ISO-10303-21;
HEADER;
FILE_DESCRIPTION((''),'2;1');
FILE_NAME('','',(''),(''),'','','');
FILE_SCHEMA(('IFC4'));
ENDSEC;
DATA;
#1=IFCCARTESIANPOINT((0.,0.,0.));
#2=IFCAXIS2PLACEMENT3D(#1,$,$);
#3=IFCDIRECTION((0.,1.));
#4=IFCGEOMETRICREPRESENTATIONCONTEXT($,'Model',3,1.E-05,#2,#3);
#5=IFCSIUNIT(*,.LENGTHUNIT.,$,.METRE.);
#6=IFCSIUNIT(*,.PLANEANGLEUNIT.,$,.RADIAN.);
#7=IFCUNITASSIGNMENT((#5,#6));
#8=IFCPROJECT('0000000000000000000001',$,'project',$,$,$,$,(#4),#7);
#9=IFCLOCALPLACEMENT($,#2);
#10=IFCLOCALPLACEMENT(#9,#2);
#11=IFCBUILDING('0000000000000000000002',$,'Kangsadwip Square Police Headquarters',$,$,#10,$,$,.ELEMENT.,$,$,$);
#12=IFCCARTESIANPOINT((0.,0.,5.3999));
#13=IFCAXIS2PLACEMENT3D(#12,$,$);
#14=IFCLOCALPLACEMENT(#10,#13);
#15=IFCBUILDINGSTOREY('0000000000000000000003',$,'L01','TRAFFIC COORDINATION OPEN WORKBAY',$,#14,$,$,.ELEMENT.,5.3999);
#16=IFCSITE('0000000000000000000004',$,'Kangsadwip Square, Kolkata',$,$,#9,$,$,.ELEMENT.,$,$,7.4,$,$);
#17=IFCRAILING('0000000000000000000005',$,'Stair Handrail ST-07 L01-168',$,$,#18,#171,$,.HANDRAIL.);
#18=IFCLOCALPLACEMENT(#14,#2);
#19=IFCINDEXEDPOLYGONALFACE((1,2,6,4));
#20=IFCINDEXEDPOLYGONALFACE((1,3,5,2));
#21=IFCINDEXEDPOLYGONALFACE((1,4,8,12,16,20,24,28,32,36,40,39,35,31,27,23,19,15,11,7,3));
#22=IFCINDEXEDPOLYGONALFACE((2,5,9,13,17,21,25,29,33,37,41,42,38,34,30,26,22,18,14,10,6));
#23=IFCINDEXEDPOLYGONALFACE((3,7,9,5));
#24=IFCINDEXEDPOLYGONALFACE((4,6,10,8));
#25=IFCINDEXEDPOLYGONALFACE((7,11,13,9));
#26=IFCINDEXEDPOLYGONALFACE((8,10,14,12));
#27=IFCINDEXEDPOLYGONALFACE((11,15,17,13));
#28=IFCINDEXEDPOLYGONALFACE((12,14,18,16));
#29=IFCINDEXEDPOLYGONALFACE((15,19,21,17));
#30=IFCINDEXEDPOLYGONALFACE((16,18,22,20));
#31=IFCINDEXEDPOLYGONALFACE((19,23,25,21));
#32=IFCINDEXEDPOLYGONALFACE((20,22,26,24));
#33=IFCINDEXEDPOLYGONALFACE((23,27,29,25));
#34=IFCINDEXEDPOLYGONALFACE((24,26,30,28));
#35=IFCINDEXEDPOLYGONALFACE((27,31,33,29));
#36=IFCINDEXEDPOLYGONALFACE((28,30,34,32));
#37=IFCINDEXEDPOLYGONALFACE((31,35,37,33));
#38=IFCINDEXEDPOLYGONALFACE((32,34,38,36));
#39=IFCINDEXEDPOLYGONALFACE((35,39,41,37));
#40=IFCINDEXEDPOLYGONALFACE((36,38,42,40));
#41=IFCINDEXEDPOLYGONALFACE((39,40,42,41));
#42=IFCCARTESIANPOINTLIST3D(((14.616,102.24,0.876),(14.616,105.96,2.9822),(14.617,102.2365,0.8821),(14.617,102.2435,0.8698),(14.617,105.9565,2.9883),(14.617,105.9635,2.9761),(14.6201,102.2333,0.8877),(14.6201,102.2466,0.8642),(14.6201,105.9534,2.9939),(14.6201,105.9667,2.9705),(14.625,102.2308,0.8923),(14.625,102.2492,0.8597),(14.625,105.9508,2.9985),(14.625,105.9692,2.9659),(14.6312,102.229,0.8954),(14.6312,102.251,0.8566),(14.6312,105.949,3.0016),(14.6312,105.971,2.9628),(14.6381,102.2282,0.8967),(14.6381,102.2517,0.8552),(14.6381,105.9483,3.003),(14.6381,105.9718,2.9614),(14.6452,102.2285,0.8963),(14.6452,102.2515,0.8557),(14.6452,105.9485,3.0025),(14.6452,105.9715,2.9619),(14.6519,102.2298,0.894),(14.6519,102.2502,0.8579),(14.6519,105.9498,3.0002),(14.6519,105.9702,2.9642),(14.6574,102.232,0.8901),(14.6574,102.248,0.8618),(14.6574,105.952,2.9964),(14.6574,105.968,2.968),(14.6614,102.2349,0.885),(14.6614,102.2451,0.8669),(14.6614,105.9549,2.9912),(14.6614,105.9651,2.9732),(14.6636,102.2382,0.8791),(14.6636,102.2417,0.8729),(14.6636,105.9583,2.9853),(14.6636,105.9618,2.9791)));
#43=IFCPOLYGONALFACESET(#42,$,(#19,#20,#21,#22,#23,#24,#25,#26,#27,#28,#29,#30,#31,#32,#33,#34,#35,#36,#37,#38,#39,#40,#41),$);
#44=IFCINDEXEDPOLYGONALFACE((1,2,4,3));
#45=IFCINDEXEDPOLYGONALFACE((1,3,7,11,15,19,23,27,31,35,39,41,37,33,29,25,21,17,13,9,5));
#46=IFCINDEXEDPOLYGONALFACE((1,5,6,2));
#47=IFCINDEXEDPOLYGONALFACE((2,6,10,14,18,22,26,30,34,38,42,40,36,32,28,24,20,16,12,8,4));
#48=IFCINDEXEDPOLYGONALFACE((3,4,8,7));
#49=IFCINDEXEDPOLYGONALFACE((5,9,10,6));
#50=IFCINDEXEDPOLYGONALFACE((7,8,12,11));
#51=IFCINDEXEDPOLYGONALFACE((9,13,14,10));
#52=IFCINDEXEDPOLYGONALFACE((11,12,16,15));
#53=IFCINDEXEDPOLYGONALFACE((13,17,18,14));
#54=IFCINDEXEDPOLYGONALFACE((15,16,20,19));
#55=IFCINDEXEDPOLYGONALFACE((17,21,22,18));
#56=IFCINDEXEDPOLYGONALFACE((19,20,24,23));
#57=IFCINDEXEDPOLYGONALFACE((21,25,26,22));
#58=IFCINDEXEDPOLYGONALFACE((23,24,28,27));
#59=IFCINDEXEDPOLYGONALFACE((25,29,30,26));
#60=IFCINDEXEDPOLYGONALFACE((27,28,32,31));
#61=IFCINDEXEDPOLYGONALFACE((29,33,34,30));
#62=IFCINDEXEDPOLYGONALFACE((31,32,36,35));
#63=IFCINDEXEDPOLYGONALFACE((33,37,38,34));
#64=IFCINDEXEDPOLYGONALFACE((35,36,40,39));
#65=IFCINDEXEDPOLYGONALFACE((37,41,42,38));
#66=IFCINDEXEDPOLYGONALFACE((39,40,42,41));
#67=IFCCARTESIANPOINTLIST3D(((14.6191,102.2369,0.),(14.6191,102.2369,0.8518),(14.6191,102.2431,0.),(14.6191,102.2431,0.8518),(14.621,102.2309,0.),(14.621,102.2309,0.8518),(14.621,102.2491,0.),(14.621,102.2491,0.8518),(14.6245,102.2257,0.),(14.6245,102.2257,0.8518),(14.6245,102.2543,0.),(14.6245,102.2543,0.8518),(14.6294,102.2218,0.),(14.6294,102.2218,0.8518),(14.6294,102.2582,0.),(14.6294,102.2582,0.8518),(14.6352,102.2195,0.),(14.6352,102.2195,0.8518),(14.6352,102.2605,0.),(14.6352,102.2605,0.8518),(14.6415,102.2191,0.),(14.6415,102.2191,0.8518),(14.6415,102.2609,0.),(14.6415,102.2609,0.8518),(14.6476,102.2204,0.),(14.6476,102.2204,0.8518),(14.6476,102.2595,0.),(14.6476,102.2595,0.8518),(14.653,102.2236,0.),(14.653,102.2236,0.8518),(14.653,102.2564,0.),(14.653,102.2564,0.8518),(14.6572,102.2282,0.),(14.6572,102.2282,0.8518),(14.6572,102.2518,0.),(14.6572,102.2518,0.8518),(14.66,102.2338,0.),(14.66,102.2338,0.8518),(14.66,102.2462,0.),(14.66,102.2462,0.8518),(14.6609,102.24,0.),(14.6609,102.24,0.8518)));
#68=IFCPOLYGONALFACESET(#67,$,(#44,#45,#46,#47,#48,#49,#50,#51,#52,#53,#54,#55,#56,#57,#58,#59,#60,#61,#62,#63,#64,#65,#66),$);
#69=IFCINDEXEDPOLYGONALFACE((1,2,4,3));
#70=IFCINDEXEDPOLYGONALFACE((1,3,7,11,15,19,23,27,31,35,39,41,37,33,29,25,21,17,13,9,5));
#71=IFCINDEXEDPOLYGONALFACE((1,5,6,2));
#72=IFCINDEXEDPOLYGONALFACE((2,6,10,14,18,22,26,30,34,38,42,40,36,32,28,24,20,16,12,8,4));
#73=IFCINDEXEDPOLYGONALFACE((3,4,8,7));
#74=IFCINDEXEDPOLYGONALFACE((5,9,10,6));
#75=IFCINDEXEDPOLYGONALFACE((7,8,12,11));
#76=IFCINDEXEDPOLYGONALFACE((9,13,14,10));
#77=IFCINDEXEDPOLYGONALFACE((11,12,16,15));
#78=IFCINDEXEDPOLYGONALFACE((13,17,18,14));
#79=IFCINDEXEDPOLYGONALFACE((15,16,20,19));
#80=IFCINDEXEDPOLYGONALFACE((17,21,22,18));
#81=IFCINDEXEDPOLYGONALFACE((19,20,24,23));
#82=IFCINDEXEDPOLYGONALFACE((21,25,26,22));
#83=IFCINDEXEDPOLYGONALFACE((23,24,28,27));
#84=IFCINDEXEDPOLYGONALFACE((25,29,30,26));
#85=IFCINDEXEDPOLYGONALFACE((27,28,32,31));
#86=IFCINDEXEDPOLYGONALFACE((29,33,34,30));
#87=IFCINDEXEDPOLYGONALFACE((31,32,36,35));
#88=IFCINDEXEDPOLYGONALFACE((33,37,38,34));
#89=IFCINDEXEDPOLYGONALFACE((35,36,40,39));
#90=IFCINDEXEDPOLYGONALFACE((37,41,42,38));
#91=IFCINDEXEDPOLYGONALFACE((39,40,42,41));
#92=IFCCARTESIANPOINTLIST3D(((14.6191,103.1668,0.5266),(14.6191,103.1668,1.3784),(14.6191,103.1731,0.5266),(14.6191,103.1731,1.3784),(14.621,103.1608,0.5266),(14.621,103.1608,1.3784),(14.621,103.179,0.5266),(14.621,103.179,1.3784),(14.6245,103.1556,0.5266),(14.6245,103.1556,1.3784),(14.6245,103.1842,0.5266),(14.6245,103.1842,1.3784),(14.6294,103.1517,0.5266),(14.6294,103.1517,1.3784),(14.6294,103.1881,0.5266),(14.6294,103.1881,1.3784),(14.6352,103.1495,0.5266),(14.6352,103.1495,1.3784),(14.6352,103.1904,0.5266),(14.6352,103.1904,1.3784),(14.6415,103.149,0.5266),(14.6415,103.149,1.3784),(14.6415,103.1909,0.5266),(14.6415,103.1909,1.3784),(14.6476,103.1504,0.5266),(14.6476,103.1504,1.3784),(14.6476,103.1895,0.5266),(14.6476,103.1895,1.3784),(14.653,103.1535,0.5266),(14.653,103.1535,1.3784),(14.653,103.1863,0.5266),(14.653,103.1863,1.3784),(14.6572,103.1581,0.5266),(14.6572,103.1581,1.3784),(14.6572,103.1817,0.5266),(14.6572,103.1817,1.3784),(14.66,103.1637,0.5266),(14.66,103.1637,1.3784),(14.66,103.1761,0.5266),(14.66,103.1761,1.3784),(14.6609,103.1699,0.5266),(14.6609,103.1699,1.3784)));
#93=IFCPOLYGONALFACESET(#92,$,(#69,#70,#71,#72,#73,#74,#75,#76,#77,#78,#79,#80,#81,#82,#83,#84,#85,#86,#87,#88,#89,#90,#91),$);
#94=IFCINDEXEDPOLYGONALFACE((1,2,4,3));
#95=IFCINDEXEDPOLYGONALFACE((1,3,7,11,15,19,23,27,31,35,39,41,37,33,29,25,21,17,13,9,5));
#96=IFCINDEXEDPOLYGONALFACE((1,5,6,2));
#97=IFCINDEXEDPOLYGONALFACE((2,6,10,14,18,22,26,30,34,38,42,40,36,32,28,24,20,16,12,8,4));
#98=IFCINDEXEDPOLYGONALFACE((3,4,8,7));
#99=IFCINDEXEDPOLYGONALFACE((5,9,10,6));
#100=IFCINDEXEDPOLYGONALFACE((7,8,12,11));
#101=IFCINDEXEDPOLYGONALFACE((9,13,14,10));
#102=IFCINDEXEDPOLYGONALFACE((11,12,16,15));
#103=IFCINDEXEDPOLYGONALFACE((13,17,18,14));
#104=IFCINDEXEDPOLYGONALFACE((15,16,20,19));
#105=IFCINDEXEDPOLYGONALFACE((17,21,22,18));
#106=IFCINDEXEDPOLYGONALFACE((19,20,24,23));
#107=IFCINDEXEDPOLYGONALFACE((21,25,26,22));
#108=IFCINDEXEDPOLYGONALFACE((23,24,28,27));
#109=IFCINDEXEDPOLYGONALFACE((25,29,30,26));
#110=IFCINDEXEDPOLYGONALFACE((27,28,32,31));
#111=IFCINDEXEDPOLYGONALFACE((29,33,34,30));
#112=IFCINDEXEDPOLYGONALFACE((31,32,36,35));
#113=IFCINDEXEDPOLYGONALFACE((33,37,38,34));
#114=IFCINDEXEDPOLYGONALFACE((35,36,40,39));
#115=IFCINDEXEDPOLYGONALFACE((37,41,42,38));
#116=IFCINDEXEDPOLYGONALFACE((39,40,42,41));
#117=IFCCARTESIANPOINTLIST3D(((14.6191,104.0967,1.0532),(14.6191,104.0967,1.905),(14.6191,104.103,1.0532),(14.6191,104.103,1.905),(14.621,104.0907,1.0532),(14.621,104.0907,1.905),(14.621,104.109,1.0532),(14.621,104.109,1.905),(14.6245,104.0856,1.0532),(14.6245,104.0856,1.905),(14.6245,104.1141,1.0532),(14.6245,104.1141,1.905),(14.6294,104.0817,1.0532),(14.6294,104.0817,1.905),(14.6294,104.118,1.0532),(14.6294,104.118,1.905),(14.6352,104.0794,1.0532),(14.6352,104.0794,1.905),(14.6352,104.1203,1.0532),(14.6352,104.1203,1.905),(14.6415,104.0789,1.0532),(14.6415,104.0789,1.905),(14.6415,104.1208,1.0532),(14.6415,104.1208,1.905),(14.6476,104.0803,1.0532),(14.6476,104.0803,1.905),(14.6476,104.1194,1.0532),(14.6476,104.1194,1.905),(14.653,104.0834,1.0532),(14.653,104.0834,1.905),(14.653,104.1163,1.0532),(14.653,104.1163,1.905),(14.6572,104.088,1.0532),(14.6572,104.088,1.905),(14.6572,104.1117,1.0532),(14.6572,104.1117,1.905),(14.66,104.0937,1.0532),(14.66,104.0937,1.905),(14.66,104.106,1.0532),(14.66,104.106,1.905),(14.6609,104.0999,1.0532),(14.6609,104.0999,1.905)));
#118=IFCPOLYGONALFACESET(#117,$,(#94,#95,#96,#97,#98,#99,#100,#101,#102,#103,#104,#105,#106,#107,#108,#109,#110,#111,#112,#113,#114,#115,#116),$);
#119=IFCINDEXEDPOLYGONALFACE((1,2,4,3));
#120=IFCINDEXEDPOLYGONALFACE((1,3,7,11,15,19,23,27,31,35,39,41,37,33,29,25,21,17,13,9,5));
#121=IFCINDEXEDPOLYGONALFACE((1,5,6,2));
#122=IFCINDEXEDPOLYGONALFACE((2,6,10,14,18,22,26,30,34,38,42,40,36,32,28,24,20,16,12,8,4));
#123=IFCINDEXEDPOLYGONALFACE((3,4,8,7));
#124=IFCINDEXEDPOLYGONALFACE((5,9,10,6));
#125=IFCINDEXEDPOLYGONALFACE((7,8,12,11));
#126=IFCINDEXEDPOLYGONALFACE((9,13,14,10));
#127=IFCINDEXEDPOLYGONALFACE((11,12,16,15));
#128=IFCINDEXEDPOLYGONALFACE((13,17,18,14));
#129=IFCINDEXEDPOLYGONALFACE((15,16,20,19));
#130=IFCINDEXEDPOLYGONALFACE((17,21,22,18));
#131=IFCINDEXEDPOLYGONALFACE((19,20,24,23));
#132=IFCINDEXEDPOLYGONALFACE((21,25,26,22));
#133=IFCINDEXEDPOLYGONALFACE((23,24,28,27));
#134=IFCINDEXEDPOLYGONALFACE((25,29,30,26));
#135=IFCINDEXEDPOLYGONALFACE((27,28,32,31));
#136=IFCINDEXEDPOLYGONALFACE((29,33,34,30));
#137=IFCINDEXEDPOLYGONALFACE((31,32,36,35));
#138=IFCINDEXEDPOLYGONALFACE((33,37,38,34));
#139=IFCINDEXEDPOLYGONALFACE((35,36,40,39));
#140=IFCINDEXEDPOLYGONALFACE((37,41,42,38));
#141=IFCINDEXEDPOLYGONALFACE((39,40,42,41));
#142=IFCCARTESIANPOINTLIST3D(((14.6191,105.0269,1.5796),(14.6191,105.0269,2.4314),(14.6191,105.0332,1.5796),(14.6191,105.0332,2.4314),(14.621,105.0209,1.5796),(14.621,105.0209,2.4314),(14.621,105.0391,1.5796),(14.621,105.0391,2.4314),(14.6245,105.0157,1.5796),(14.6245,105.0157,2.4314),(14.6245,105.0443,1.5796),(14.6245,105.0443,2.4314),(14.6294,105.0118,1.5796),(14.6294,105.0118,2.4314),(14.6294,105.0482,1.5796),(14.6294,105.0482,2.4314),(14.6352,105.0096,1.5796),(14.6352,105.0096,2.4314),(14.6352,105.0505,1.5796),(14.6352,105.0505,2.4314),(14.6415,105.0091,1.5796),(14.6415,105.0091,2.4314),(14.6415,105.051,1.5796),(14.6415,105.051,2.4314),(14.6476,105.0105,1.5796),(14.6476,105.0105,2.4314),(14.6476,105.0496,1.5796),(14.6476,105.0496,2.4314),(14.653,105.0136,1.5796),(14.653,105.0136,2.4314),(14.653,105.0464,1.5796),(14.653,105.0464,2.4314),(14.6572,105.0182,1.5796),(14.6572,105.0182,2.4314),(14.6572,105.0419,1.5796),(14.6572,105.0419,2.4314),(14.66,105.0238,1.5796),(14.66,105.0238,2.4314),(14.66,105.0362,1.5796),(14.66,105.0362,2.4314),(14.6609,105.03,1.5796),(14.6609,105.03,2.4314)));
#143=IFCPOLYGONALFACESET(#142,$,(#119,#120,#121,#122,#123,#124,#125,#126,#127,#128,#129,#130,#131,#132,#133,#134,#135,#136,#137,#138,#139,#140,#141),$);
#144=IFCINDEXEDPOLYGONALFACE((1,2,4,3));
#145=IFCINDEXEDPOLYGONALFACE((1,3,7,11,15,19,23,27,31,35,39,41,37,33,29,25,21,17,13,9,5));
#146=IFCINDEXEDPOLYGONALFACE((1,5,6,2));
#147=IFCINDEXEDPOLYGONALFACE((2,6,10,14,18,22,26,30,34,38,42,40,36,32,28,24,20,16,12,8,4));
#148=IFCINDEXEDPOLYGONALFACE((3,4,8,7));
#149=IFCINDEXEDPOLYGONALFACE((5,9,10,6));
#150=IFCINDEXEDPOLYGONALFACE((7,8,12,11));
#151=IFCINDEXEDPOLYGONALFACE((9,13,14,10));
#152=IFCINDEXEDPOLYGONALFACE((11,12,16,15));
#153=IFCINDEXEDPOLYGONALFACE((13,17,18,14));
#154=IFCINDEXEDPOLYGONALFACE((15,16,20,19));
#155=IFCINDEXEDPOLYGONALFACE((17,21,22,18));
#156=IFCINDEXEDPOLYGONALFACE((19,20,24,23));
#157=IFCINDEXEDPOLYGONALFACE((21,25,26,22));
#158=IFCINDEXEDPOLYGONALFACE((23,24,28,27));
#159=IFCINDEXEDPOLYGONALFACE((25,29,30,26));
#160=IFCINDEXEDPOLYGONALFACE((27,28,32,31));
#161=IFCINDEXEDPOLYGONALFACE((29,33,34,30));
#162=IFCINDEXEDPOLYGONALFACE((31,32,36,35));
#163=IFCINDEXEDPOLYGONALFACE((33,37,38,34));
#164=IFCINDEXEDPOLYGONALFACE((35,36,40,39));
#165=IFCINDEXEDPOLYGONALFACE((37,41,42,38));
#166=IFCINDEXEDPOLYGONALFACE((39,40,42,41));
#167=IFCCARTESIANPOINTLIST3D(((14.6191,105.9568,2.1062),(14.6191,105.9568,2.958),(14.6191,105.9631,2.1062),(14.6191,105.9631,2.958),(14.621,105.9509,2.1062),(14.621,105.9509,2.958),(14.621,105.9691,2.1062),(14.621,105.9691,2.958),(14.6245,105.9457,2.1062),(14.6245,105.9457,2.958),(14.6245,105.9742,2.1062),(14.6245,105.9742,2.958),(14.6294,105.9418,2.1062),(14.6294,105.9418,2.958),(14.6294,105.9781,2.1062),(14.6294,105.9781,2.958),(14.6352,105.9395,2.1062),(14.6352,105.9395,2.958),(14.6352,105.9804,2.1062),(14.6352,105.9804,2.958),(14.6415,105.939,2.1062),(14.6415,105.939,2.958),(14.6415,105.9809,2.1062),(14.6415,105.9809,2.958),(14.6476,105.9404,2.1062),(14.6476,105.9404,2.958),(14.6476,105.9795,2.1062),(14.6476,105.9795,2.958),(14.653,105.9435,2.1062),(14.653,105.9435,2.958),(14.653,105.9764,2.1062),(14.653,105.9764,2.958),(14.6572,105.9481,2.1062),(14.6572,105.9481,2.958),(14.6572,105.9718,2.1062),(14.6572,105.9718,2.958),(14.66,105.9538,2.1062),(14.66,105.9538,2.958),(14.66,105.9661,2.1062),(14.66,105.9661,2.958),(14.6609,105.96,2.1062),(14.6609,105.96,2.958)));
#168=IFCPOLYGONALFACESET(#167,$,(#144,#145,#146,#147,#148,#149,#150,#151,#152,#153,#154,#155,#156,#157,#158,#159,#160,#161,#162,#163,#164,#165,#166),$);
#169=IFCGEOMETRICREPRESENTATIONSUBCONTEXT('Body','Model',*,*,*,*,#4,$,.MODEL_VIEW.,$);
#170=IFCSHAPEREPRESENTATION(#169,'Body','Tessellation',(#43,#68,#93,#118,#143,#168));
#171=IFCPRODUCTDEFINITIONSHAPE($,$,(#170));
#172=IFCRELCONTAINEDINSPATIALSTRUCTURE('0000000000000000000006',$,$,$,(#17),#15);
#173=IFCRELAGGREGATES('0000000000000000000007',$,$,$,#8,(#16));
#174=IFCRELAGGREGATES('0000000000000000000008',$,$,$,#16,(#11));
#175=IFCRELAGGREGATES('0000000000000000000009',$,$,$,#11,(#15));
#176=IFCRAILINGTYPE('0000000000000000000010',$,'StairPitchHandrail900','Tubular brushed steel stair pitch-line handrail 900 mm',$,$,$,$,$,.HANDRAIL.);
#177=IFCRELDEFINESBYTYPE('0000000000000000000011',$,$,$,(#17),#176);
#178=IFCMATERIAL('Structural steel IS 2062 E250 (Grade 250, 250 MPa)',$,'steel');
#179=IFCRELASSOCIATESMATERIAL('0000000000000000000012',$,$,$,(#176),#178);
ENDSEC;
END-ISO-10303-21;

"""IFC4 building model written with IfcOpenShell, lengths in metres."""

from ifc_helpers import new_model, si_unit, direction, frame, origin, origin_2d, place, context, subcontext, project, spatial, circle, extrude, material, type_object, element, save


model = new_model("IFC4")

# Units and contexts
model_context = context("Model", 3, precision=1e-05, world=origin(), true_north=direction((0.0, 1.0)))
body_context = subcontext(model_context, "Body", "Model", "MODEL_VIEW")
ifc_project = project(units=[si_unit("LENGTHUNIT", "METRE"), si_unit("PLANEANGLEUNIT", "RADIAN")], contexts=[model_context])

# Site, building, storey
site_placement = place(None, origin())
site = spatial("IfcSite", under=ifc_project, at=site_placement, Name="Kangsadwip Square, Kolkata", CompositionType="ELEMENT", RefElevation=7.4)
building_placement = place(site_placement, origin())
building = spatial("IfcBuilding", under=site, at=building_placement, Name="Kangsadwip Square Police Headquarters", CompositionType="ELEMENT")
storey_placement = place(building_placement, frame((0.0, 0.0, 5.3999)))
storey = spatial("IfcBuildingStorey", under=building, at=storey_placement, Name="L01", Description="TRAFFIC COORDINATION OPEN WORKBAY", CompositionType="ELEMENT", Elevation=5.3999)

# Railing
ifc_material_1 = material(Name="Structural steel IS 2062 E250 (Grade 250, 250 MPa)", Category="steel")
railing_type_1 = type_object("IfcRailingType", Name="StairPitchHandrail900", Description="Tubular brushed steel stair pitch-line handrail 900 mm", PredefinedType="HANDRAIL", material=ifc_material_1)
railing_1_placement = place(storey_placement, frame((14.6399, 102.24, 0.0)))
element("IfcRailing", 1, at=railing_1_placement, inside=storey, type_object=railing_type_1, Name="Stair Handrail ST-07 L01-168", PredefinedType="HANDRAIL", context=body_context, shape_type="SweptSolid", body=[
    extrude(circle(Radius=0.0239, at=origin_2d()), frame((0.0, 0.0, 0.876), z_axis=(0.0, 0.870201, 0.492697), x_axis=(-1.0, 0.0, 0.0)), (0.0, 0.0, 1.0), 4.2749),
    extrude(circle(Radius=0.021, at=origin_2d()), origin(), (0.0, 0.0, 1.0), 0.8518),
    extrude(circle(Radius=0.021, at=origin_2d()), frame((0.0, 0.9299, 0.5266)), (0.0, 0.0, 1.0), 0.8518),
    extrude(circle(Radius=0.021, at=origin_2d()), frame((0.0, 1.8599, 1.0532)), (0.0, 0.0, 1.0), 0.8518),
    extrude(circle(Radius=0.021, at=origin_2d()), frame((0.0, 2.79, 1.5796)), (0.0, 0.0, 1.0), 0.8518),
    extrude(circle(Radius=0.021, at=origin_2d()), frame((0.0, 3.72, 2.1062)), (0.0, 0.0, 1.0), 0.8518),
])

save(model, "model.ifc")
